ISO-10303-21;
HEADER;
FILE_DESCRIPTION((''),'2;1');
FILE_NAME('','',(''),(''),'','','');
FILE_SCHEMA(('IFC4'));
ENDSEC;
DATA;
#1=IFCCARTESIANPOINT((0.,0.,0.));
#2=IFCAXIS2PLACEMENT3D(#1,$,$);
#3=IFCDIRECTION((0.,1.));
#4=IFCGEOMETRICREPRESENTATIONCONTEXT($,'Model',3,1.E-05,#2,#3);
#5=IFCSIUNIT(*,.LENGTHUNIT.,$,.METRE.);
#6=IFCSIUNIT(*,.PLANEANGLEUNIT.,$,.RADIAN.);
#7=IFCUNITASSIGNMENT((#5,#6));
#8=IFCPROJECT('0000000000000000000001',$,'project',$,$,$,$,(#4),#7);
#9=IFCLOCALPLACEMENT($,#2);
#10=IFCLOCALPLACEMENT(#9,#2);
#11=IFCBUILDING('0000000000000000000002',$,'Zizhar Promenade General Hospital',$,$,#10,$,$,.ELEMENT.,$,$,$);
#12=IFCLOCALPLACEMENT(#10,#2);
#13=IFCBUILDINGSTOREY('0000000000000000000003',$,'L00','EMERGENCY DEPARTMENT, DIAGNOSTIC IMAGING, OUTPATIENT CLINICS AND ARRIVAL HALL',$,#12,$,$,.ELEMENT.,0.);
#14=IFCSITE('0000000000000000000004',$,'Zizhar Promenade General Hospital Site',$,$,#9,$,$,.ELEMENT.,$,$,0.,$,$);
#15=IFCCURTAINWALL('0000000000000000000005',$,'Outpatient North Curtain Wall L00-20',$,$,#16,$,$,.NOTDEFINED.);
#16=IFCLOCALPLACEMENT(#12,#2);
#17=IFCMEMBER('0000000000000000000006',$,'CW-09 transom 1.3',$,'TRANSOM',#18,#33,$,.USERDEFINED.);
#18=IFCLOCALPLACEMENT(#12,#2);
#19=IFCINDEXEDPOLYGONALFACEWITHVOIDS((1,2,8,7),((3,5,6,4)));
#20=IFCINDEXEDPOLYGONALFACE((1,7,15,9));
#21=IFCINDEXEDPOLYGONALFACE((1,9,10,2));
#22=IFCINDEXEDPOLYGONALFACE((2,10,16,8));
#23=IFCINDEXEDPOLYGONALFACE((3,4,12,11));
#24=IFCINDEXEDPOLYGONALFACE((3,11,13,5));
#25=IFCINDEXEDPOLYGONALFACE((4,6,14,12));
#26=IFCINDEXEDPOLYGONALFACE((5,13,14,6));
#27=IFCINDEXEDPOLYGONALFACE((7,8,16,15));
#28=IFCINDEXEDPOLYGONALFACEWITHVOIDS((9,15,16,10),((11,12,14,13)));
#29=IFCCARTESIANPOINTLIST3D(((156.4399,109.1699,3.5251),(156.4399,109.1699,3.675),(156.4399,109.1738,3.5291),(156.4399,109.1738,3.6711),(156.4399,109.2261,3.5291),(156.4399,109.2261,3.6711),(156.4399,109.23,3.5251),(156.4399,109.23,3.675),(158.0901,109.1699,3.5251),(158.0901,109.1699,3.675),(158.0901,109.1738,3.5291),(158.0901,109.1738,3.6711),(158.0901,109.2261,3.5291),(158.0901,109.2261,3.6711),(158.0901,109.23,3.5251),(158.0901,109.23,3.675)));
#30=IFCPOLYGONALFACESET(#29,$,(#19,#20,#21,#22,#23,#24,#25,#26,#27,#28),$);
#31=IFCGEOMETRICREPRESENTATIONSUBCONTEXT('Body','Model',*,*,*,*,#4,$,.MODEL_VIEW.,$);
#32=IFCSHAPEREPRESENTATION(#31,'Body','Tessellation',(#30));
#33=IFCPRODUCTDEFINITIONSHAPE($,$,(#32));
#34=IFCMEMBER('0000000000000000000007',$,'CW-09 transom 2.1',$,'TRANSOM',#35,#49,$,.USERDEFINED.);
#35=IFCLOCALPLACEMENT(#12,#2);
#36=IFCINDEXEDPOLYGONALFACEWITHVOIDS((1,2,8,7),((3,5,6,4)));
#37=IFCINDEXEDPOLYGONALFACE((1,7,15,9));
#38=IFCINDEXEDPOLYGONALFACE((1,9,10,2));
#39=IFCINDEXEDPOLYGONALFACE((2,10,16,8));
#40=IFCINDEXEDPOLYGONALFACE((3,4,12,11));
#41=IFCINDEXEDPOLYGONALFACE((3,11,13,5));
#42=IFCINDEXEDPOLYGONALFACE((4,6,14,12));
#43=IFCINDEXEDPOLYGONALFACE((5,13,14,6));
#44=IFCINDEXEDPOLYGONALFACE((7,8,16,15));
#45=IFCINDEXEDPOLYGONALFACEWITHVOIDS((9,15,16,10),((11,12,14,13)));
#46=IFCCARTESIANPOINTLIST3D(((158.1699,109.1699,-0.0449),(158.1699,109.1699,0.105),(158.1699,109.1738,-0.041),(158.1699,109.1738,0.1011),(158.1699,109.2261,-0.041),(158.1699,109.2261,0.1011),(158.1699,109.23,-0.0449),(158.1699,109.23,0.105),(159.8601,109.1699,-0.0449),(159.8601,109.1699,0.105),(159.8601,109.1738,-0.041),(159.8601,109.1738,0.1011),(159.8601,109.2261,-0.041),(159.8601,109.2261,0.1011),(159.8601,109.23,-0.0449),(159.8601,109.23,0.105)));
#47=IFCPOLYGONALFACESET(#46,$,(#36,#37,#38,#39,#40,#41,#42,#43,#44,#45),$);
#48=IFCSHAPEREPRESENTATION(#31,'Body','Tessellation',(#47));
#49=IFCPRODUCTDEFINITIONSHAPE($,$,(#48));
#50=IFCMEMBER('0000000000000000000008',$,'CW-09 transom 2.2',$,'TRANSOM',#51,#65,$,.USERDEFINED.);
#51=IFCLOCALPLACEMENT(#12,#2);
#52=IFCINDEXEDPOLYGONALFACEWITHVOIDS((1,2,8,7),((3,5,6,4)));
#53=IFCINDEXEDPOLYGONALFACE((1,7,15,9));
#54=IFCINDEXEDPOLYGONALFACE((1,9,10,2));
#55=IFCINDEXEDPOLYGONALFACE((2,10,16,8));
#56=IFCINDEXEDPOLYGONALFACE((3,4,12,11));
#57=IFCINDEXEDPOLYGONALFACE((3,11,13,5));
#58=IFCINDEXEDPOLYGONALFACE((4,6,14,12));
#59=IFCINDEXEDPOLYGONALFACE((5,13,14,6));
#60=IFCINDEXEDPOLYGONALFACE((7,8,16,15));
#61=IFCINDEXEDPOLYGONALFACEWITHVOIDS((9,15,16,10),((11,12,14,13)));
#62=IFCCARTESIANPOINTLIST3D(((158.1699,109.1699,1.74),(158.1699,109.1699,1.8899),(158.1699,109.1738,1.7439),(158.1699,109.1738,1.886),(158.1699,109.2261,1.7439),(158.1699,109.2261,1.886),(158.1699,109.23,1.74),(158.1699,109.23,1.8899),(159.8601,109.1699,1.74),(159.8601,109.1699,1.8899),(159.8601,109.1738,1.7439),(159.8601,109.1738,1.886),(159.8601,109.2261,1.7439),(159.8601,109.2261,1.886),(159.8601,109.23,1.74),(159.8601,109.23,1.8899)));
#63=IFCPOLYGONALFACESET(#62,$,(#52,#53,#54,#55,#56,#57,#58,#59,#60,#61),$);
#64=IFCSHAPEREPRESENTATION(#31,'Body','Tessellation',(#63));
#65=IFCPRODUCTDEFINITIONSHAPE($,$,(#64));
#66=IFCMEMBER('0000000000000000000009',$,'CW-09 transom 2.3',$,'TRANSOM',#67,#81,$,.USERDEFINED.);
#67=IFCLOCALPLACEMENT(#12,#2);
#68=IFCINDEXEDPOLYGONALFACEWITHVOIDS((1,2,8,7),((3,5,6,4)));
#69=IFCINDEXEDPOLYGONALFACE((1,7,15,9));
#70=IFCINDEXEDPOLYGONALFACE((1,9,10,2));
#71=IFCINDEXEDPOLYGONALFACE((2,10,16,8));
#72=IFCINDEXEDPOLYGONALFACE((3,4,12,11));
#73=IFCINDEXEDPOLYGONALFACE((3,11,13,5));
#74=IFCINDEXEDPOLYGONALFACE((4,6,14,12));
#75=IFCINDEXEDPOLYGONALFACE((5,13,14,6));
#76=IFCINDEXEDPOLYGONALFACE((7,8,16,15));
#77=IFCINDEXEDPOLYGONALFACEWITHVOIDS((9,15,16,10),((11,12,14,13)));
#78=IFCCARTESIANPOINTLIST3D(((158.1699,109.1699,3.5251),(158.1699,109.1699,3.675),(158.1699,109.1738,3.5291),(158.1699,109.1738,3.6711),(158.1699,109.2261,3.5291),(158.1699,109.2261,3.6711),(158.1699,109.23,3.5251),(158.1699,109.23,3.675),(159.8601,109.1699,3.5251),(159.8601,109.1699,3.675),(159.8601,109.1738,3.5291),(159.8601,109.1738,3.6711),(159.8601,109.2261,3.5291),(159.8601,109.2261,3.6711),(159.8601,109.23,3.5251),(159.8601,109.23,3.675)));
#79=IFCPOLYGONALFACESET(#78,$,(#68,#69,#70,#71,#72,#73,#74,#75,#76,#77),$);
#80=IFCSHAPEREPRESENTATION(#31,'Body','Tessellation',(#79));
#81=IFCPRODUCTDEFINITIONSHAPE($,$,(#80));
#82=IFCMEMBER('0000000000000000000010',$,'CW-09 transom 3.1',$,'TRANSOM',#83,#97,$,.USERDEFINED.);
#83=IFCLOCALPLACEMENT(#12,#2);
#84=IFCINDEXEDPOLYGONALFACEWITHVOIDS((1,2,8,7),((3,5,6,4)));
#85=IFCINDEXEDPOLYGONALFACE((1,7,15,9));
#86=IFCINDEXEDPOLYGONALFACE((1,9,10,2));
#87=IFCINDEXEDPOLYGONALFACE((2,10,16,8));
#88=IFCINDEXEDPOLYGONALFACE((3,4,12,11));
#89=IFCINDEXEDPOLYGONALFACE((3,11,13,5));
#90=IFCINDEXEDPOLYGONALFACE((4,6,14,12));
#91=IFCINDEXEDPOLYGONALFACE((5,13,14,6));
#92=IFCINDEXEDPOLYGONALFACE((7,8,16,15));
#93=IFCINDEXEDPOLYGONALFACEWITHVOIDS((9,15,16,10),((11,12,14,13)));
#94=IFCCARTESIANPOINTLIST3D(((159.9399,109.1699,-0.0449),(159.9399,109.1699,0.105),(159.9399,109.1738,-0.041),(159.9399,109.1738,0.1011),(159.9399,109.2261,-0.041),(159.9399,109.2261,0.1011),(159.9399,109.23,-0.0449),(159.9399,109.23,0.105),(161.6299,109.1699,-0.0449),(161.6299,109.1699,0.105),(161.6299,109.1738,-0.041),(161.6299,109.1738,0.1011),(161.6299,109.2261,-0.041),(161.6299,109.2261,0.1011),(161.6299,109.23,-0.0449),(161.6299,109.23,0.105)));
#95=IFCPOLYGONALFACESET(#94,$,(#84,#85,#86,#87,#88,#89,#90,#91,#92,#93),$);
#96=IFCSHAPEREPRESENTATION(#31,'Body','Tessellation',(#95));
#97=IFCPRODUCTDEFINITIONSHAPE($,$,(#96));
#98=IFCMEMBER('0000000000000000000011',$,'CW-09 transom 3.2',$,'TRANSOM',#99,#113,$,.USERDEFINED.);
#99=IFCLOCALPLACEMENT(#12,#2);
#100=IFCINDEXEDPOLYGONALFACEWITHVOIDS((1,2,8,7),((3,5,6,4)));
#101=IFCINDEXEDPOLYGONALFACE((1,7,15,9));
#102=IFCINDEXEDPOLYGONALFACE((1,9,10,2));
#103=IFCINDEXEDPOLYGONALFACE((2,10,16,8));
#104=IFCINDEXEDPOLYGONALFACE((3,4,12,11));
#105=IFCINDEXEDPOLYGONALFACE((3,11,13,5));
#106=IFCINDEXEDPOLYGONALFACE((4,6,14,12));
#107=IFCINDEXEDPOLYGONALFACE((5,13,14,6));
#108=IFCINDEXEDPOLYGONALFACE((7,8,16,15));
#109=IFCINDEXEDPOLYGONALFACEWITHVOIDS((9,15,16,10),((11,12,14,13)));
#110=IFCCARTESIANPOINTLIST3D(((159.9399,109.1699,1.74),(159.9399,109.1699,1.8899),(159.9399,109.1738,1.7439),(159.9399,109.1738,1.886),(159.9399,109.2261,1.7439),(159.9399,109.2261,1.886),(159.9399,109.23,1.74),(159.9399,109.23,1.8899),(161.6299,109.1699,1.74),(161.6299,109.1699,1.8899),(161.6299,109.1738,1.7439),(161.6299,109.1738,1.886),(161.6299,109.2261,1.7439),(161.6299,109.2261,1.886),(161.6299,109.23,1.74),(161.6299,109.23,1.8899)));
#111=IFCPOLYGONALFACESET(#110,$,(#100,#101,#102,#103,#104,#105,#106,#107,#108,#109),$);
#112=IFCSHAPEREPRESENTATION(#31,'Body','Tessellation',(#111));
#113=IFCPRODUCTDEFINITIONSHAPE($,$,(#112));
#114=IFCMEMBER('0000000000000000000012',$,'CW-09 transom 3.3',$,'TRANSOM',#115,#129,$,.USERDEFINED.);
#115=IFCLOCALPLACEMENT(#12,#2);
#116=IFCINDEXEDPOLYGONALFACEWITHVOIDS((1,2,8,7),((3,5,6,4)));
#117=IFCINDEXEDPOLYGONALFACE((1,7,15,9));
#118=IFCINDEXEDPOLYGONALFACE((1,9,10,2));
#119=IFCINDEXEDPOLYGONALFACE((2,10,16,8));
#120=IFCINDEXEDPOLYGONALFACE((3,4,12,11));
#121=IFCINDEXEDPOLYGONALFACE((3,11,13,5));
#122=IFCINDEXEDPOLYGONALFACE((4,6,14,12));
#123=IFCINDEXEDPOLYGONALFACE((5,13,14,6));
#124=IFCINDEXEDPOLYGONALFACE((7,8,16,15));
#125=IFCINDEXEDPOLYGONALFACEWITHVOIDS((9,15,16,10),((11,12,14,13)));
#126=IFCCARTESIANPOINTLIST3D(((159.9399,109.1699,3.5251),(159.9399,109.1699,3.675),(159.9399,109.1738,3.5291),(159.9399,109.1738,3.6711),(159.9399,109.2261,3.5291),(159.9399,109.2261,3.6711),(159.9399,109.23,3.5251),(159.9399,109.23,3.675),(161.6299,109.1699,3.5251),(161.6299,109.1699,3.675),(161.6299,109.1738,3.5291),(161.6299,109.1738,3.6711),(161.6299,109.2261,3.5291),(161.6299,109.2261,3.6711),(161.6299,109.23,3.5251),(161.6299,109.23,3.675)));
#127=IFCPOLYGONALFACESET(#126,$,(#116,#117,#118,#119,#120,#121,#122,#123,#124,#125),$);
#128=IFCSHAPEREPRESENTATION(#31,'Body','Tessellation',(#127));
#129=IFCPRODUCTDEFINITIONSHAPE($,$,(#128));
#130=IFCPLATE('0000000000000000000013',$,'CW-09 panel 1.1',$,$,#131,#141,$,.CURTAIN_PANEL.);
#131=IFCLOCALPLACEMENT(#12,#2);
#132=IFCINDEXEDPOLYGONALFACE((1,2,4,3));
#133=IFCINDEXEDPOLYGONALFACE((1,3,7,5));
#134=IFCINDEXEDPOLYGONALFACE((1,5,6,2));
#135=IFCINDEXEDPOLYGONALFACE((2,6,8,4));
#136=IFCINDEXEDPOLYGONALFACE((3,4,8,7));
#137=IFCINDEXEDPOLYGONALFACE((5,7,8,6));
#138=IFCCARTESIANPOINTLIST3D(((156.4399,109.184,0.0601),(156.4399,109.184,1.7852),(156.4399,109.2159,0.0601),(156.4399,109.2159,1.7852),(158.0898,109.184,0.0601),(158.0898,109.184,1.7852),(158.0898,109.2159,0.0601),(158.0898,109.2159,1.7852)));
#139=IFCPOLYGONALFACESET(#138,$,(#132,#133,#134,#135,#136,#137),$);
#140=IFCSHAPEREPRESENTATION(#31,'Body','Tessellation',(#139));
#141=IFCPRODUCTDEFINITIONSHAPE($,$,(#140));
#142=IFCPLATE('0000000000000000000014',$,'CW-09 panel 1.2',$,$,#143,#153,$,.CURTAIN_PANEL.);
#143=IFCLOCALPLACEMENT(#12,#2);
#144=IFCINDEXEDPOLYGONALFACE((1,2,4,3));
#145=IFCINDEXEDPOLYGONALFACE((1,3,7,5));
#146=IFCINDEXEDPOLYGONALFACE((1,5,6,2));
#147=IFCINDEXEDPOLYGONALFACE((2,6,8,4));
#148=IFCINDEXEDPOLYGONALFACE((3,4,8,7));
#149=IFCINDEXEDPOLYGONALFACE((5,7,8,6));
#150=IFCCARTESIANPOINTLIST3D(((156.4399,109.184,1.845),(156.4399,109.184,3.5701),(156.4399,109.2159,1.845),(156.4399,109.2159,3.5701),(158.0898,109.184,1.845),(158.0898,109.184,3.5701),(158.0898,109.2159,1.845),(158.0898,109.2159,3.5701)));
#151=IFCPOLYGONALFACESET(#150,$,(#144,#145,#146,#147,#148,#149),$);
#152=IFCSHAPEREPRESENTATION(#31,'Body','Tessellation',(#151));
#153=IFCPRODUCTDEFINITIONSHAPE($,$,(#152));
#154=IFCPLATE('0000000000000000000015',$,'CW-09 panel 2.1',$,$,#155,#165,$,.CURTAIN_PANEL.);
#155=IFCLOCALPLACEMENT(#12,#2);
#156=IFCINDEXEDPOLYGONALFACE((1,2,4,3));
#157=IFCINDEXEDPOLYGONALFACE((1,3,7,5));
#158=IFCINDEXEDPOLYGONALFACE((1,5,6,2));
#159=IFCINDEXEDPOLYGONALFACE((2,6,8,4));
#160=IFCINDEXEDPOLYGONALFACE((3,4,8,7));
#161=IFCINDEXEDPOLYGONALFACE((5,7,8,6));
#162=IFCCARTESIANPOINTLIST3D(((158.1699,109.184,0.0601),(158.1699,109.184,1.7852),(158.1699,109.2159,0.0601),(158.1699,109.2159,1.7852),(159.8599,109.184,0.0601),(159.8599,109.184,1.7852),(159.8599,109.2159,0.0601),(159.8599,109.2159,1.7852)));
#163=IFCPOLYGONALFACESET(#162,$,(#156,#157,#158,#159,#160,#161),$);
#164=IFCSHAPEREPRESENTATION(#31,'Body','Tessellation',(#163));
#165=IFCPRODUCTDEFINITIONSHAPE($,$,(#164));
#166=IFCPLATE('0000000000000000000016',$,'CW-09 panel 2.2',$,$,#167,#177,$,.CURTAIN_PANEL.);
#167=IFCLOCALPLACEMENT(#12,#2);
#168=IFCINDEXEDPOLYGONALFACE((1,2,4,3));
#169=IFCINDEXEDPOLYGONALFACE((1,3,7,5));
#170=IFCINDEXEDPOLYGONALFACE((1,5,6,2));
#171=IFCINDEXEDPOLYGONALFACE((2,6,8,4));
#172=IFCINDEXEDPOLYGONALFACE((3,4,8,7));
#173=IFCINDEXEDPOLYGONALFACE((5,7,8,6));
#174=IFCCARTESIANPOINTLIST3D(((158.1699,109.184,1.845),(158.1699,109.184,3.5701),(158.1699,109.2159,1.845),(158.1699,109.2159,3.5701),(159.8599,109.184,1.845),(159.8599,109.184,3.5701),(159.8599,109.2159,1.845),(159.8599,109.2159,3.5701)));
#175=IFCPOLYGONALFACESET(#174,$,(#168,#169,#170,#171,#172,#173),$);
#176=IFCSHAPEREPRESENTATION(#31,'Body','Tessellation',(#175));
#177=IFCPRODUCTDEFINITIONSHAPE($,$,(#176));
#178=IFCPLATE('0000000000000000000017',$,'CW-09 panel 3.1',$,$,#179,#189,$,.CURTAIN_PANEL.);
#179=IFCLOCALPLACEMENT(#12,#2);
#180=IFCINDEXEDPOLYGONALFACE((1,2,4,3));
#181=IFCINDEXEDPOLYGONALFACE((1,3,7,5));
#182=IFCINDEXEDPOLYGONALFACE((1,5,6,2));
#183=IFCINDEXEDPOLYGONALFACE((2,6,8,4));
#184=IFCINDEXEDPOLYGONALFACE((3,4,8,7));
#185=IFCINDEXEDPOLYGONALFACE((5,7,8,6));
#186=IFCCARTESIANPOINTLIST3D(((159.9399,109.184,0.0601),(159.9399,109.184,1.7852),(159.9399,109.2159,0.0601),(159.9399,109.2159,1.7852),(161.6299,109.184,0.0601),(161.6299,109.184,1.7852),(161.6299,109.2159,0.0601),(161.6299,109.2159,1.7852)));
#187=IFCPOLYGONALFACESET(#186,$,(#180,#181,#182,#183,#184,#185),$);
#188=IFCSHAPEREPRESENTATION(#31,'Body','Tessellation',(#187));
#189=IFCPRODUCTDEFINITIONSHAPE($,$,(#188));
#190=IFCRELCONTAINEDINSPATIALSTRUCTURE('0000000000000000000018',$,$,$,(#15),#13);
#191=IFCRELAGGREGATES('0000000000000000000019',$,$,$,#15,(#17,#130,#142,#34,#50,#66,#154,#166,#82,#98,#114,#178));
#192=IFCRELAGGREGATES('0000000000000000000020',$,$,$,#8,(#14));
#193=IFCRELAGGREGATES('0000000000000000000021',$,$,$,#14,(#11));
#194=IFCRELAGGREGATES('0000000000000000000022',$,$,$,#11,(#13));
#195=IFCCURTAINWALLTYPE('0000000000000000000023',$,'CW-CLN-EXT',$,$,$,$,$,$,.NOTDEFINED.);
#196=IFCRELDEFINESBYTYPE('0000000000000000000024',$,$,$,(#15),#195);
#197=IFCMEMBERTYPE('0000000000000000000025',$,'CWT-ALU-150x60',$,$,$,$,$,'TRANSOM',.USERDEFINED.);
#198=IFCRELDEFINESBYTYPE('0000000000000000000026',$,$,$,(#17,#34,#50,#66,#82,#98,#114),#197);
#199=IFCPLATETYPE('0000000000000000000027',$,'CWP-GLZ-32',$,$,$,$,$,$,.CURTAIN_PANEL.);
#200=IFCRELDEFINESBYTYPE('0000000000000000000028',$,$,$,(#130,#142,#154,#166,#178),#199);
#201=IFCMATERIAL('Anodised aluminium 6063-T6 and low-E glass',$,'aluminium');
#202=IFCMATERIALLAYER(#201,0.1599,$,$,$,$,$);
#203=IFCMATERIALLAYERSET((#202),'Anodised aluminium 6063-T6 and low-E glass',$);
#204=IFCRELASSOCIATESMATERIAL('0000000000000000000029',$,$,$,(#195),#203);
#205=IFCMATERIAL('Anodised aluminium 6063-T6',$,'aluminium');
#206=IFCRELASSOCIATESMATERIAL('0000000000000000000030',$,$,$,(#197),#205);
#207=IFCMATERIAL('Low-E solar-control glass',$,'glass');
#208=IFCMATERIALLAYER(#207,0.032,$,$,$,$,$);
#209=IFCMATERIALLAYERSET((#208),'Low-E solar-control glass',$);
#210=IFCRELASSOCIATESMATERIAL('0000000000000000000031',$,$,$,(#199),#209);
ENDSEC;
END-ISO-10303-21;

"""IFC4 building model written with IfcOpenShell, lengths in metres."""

from ifc_helpers import new_model, si_unit, direction, frame, origin, origin_2d, place, context, subcontext, project, spatial, rectangle, hollow_rectangle, extrude, material, layer, layer_set, material_profile, profile_set, type_object, element, aggregate, save


model = new_model("IFC4")

# Units and contexts
model_context = context("Model", 3, precision=1e-05, world=origin(), true_north=direction((0.0, 1.0)))
body_context = subcontext(model_context, "Body", "Model", "MODEL_VIEW")
ifc_project = project(units=[si_unit("LENGTHUNIT", "METRE"), si_unit("PLANEANGLEUNIT", "RADIAN")], contexts=[model_context])

# Site, building, storey
site_placement = place(None, origin())
site = spatial("IfcSite", under=ifc_project, at=site_placement, Name="Zizhar Promenade General Hospital Site", CompositionType="ELEMENT", RefElevation=0.0)
building_placement = place(site_placement, origin())
building = spatial("IfcBuilding", under=site, at=building_placement, Name="Zizhar Promenade General Hospital", CompositionType="ELEMENT")
storey_placement = place(building_placement, origin())
storey = spatial("IfcBuildingStorey", under=building, at=storey_placement, Name="L00", Description="EMERGENCY DEPARTMENT, DIAGNOSTIC IMAGING, OUTPATIENT CLINICS AND ARRIVAL HALL", CompositionType="ELEMENT", Elevation=0.0)

# Curtain wall, members, plates
ifc_material_1 = material(Name="Anodised aluminium 6063-T6 and low-E glass", Category="aluminium")
ifc_layer_1 = layer(ifc_material_1, 0.1599)
ifc_layer_set_1 = layer_set([ifc_layer_1], Name="Anodised aluminium 6063-T6 and low-E glass")
curtain_wall_type = type_object("IfcCurtainWallType", Name="CW-CLN-EXT", PredefinedType="NOTDEFINED", material=ifc_layer_set_1)
curtain_wall_placement = place(storey_placement, origin())
curtain_wall = element("IfcCurtainWall", 1, at=curtain_wall_placement, inside=storey, type_object=curtain_wall_type, Name="Outpatient North Curtain Wall L00-20", PredefinedType="NOTDEFINED")
ifc_material_2 = material(Name="Anodised aluminium 6063-T6", Category="aluminium")
ifc_material_profile_1 = material_profile(ifc_material_2, hollow_rectangle(XDim=0.0601, YDim=0.1499, WallThickness=0.0039, at=origin_2d()))
ifc_profile_set_1 = profile_set([ifc_material_profile_1], Name="Anodised aluminium 6063-T6")
member_type_1 = type_object("IfcMemberType", Name="CWT-ALU-150x60", ElementType="TRANSOM", PredefinedType="USERDEFINED", material=ifc_profile_set_1)
member_1_placement = place(storey_placement, frame((156.4399, 109.2, 3.6001), z_axis=(1.0, 0.0, 0.0), x_axis=(0.0, 1.0, 0.0)))
member_1 = element("IfcMember", 2, at=member_1_placement, type_object=member_type_1, Name="CW-09 transom 1.3", ObjectType="TRANSOM", PredefinedType="USERDEFINED", context=body_context, shape_type="SweptSolid", body=[
    extrude(hollow_rectangle(XDim=0.0601, YDim=0.1499, WallThickness=0.0039, at=origin_2d()), origin(), (0.0, 0.0, 1.0), 1.6501),
])
member_2_placement = place(storey_placement, frame((158.1699, 109.2, 0.03), z_axis=(1.0, 0.0, 0.0), x_axis=(0.0, 1.0, 0.0)))
member_2 = element("IfcMember", 3, at=member_2_placement, type_object=member_type_1, Name="CW-09 transom 2.1", ObjectType="TRANSOM", PredefinedType="USERDEFINED", context=body_context, shape_type="SweptSolid", body=[
    extrude(hollow_rectangle(XDim=0.0601, YDim=0.1499, WallThickness=0.0039, at=origin_2d()), origin(), (0.0, 0.0, 1.0), 1.6902),
])
member_3_placement = place(storey_placement, frame((158.1699, 109.2, 1.8149), z_axis=(1.0, 0.0, 0.0), x_axis=(0.0, 1.0, 0.0)))
member_3 = element("IfcMember", 4, at=member_3_placement, type_object=member_type_1, Name="CW-09 transom 2.2", ObjectType="TRANSOM", PredefinedType="USERDEFINED", context=body_context, shape_type="SweptSolid", body=[
    extrude(hollow_rectangle(XDim=0.0601, YDim=0.1499, WallThickness=0.0039, at=origin_2d()), origin(), (0.0, 0.0, 1.0), 1.6902),
])
member_4_placement = place(storey_placement, frame((158.1699, 109.2, 3.6001), z_axis=(1.0, 0.0, 0.0), x_axis=(0.0, 1.0, 0.0)))
member_4 = element("IfcMember", 5, at=member_4_placement, type_object=member_type_1, Name="CW-09 transom 2.3", ObjectType="TRANSOM", PredefinedType="USERDEFINED", context=body_context, shape_type="SweptSolid", body=[
    extrude(hollow_rectangle(XDim=0.0601, YDim=0.1499, WallThickness=0.0039, at=origin_2d()), origin(), (0.0, 0.0, 1.0), 1.6902),
])
member_5_placement = place(storey_placement, frame((159.9399, 109.2, 0.03), z_axis=(1.0, 0.0, 0.0), x_axis=(0.0, 1.0, 0.0)))
member_5 = element("IfcMember", 6, at=member_5_placement, type_object=member_type_1, Name="CW-09 transom 3.1", ObjectType="TRANSOM", PredefinedType="USERDEFINED", context=body_context, shape_type="SweptSolid", body=[
    extrude(hollow_rectangle(XDim=0.0601, YDim=0.1499, WallThickness=0.0039, at=origin_2d()), origin(), (0.0, 0.0, 1.0), 1.6899),
])
member_6_placement = place(storey_placement, frame((159.9399, 109.2, 1.8149), z_axis=(1.0, 0.0, 0.0), x_axis=(0.0, 1.0, 0.0)))
member_6 = element("IfcMember", 7, at=member_6_placement, type_object=member_type_1, Name="CW-09 transom 3.2", ObjectType="TRANSOM", PredefinedType="USERDEFINED", context=body_context, shape_type="SweptSolid", body=[
    extrude(hollow_rectangle(XDim=0.0601, YDim=0.1499, WallThickness=0.0039, at=origin_2d()), origin(), (0.0, 0.0, 1.0), 1.6899),
])
member_7_placement = place(storey_placement, frame((159.9399, 109.2, 3.6001), z_axis=(1.0, 0.0, 0.0), x_axis=(0.0, 1.0, 0.0)))
member_7 = element("IfcMember", 8, at=member_7_placement, type_object=member_type_1, Name="CW-09 transom 3.3", ObjectType="TRANSOM", PredefinedType="USERDEFINED", context=body_context, shape_type="SweptSolid", body=[
    extrude(hollow_rectangle(XDim=0.0601, YDim=0.1499, WallThickness=0.0039, at=origin_2d()), origin(), (0.0, 0.0, 1.0), 1.6899),
])
ifc_material_3 = material(Name="Low-E solar-control glass", Category="glass")
ifc_layer_2 = layer(ifc_material_3, 0.032)
ifc_layer_set_2 = layer_set([ifc_layer_2], Name="Low-E solar-control glass")
plate_type = type_object("IfcPlateType", Name="CWP-GLZ-32", PredefinedType="CURTAIN_PANEL", material=ifc_layer_set_2)
plate_1_placement = place(storey_placement, frame((157.2649, 109.2, 0.0601), z_axis=(0.0, 0.0, 1.0), x_axis=(1.0, 0.0, 0.0)))
plate_1 = element("IfcPlate", 9, at=plate_1_placement, type_object=plate_type, Name="CW-09 panel 1.1", PredefinedType="CURTAIN_PANEL", context=body_context, shape_type="SweptSolid", body=[
    extrude(rectangle(XDim=1.6499, YDim=0.032, at=origin_2d()), origin(), (0.0, 0.0, 1.0), 1.7251),
])
plate_2_placement = place(storey_placement, frame((157.2649, 109.2, 1.845), z_axis=(0.0, 0.0, 1.0), x_axis=(1.0, 0.0, 0.0)))
plate_2 = element("IfcPlate", 10, at=plate_2_placement, type_object=plate_type, Name="CW-09 panel 1.2", PredefinedType="CURTAIN_PANEL", context=body_context, shape_type="SweptSolid", body=[
    extrude(rectangle(XDim=1.6499, YDim=0.032, at=origin_2d()), origin(), (0.0, 0.0, 1.0), 1.7251),
])
plate_3_placement = place(storey_placement, frame((159.0149, 109.2, 0.0601), z_axis=(0.0, 0.0, 1.0), x_axis=(1.0, 0.0, 0.0)))
plate_3 = element("IfcPlate", 11, at=plate_3_placement, type_object=plate_type, Name="CW-09 panel 2.1", PredefinedType="CURTAIN_PANEL", context=body_context, shape_type="SweptSolid", body=[
    extrude(rectangle(XDim=1.6899, YDim=0.032, at=origin_2d()), origin(), (0.0, 0.0, 1.0), 1.7251),
])
plate_4_placement = place(storey_placement, frame((159.0149, 109.2, 1.845), z_axis=(0.0, 0.0, 1.0), x_axis=(1.0, 0.0, 0.0)))
plate_4 = element("IfcPlate", 12, at=plate_4_placement, type_object=plate_type, Name="CW-09 panel 2.2", PredefinedType="CURTAIN_PANEL", context=body_context, shape_type="SweptSolid", body=[
    extrude(rectangle(XDim=1.6899, YDim=0.032, at=origin_2d()), origin(), (0.0, 0.0, 1.0), 1.7251),
])
plate_5_placement = place(storey_placement, frame((160.7849, 109.2, 0.0601), z_axis=(0.0, 0.0, 1.0), x_axis=(1.0, 0.0, 0.0)))
plate_5 = element("IfcPlate", 13, at=plate_5_placement, type_object=plate_type, Name="CW-09 panel 3.1", PredefinedType="CURTAIN_PANEL", context=body_context, shape_type="SweptSolid", body=[
    extrude(rectangle(XDim=1.6899, YDim=0.032, at=origin_2d()), origin(), (0.0, 0.0, 1.0), 1.7251),
])
aggregate(curtain_wall, [member_1, plate_1, plate_2, member_2, member_3, member_4, plate_3, plate_4, member_5, member_6, member_7, plate_5])

save(model, "model.ifc")
